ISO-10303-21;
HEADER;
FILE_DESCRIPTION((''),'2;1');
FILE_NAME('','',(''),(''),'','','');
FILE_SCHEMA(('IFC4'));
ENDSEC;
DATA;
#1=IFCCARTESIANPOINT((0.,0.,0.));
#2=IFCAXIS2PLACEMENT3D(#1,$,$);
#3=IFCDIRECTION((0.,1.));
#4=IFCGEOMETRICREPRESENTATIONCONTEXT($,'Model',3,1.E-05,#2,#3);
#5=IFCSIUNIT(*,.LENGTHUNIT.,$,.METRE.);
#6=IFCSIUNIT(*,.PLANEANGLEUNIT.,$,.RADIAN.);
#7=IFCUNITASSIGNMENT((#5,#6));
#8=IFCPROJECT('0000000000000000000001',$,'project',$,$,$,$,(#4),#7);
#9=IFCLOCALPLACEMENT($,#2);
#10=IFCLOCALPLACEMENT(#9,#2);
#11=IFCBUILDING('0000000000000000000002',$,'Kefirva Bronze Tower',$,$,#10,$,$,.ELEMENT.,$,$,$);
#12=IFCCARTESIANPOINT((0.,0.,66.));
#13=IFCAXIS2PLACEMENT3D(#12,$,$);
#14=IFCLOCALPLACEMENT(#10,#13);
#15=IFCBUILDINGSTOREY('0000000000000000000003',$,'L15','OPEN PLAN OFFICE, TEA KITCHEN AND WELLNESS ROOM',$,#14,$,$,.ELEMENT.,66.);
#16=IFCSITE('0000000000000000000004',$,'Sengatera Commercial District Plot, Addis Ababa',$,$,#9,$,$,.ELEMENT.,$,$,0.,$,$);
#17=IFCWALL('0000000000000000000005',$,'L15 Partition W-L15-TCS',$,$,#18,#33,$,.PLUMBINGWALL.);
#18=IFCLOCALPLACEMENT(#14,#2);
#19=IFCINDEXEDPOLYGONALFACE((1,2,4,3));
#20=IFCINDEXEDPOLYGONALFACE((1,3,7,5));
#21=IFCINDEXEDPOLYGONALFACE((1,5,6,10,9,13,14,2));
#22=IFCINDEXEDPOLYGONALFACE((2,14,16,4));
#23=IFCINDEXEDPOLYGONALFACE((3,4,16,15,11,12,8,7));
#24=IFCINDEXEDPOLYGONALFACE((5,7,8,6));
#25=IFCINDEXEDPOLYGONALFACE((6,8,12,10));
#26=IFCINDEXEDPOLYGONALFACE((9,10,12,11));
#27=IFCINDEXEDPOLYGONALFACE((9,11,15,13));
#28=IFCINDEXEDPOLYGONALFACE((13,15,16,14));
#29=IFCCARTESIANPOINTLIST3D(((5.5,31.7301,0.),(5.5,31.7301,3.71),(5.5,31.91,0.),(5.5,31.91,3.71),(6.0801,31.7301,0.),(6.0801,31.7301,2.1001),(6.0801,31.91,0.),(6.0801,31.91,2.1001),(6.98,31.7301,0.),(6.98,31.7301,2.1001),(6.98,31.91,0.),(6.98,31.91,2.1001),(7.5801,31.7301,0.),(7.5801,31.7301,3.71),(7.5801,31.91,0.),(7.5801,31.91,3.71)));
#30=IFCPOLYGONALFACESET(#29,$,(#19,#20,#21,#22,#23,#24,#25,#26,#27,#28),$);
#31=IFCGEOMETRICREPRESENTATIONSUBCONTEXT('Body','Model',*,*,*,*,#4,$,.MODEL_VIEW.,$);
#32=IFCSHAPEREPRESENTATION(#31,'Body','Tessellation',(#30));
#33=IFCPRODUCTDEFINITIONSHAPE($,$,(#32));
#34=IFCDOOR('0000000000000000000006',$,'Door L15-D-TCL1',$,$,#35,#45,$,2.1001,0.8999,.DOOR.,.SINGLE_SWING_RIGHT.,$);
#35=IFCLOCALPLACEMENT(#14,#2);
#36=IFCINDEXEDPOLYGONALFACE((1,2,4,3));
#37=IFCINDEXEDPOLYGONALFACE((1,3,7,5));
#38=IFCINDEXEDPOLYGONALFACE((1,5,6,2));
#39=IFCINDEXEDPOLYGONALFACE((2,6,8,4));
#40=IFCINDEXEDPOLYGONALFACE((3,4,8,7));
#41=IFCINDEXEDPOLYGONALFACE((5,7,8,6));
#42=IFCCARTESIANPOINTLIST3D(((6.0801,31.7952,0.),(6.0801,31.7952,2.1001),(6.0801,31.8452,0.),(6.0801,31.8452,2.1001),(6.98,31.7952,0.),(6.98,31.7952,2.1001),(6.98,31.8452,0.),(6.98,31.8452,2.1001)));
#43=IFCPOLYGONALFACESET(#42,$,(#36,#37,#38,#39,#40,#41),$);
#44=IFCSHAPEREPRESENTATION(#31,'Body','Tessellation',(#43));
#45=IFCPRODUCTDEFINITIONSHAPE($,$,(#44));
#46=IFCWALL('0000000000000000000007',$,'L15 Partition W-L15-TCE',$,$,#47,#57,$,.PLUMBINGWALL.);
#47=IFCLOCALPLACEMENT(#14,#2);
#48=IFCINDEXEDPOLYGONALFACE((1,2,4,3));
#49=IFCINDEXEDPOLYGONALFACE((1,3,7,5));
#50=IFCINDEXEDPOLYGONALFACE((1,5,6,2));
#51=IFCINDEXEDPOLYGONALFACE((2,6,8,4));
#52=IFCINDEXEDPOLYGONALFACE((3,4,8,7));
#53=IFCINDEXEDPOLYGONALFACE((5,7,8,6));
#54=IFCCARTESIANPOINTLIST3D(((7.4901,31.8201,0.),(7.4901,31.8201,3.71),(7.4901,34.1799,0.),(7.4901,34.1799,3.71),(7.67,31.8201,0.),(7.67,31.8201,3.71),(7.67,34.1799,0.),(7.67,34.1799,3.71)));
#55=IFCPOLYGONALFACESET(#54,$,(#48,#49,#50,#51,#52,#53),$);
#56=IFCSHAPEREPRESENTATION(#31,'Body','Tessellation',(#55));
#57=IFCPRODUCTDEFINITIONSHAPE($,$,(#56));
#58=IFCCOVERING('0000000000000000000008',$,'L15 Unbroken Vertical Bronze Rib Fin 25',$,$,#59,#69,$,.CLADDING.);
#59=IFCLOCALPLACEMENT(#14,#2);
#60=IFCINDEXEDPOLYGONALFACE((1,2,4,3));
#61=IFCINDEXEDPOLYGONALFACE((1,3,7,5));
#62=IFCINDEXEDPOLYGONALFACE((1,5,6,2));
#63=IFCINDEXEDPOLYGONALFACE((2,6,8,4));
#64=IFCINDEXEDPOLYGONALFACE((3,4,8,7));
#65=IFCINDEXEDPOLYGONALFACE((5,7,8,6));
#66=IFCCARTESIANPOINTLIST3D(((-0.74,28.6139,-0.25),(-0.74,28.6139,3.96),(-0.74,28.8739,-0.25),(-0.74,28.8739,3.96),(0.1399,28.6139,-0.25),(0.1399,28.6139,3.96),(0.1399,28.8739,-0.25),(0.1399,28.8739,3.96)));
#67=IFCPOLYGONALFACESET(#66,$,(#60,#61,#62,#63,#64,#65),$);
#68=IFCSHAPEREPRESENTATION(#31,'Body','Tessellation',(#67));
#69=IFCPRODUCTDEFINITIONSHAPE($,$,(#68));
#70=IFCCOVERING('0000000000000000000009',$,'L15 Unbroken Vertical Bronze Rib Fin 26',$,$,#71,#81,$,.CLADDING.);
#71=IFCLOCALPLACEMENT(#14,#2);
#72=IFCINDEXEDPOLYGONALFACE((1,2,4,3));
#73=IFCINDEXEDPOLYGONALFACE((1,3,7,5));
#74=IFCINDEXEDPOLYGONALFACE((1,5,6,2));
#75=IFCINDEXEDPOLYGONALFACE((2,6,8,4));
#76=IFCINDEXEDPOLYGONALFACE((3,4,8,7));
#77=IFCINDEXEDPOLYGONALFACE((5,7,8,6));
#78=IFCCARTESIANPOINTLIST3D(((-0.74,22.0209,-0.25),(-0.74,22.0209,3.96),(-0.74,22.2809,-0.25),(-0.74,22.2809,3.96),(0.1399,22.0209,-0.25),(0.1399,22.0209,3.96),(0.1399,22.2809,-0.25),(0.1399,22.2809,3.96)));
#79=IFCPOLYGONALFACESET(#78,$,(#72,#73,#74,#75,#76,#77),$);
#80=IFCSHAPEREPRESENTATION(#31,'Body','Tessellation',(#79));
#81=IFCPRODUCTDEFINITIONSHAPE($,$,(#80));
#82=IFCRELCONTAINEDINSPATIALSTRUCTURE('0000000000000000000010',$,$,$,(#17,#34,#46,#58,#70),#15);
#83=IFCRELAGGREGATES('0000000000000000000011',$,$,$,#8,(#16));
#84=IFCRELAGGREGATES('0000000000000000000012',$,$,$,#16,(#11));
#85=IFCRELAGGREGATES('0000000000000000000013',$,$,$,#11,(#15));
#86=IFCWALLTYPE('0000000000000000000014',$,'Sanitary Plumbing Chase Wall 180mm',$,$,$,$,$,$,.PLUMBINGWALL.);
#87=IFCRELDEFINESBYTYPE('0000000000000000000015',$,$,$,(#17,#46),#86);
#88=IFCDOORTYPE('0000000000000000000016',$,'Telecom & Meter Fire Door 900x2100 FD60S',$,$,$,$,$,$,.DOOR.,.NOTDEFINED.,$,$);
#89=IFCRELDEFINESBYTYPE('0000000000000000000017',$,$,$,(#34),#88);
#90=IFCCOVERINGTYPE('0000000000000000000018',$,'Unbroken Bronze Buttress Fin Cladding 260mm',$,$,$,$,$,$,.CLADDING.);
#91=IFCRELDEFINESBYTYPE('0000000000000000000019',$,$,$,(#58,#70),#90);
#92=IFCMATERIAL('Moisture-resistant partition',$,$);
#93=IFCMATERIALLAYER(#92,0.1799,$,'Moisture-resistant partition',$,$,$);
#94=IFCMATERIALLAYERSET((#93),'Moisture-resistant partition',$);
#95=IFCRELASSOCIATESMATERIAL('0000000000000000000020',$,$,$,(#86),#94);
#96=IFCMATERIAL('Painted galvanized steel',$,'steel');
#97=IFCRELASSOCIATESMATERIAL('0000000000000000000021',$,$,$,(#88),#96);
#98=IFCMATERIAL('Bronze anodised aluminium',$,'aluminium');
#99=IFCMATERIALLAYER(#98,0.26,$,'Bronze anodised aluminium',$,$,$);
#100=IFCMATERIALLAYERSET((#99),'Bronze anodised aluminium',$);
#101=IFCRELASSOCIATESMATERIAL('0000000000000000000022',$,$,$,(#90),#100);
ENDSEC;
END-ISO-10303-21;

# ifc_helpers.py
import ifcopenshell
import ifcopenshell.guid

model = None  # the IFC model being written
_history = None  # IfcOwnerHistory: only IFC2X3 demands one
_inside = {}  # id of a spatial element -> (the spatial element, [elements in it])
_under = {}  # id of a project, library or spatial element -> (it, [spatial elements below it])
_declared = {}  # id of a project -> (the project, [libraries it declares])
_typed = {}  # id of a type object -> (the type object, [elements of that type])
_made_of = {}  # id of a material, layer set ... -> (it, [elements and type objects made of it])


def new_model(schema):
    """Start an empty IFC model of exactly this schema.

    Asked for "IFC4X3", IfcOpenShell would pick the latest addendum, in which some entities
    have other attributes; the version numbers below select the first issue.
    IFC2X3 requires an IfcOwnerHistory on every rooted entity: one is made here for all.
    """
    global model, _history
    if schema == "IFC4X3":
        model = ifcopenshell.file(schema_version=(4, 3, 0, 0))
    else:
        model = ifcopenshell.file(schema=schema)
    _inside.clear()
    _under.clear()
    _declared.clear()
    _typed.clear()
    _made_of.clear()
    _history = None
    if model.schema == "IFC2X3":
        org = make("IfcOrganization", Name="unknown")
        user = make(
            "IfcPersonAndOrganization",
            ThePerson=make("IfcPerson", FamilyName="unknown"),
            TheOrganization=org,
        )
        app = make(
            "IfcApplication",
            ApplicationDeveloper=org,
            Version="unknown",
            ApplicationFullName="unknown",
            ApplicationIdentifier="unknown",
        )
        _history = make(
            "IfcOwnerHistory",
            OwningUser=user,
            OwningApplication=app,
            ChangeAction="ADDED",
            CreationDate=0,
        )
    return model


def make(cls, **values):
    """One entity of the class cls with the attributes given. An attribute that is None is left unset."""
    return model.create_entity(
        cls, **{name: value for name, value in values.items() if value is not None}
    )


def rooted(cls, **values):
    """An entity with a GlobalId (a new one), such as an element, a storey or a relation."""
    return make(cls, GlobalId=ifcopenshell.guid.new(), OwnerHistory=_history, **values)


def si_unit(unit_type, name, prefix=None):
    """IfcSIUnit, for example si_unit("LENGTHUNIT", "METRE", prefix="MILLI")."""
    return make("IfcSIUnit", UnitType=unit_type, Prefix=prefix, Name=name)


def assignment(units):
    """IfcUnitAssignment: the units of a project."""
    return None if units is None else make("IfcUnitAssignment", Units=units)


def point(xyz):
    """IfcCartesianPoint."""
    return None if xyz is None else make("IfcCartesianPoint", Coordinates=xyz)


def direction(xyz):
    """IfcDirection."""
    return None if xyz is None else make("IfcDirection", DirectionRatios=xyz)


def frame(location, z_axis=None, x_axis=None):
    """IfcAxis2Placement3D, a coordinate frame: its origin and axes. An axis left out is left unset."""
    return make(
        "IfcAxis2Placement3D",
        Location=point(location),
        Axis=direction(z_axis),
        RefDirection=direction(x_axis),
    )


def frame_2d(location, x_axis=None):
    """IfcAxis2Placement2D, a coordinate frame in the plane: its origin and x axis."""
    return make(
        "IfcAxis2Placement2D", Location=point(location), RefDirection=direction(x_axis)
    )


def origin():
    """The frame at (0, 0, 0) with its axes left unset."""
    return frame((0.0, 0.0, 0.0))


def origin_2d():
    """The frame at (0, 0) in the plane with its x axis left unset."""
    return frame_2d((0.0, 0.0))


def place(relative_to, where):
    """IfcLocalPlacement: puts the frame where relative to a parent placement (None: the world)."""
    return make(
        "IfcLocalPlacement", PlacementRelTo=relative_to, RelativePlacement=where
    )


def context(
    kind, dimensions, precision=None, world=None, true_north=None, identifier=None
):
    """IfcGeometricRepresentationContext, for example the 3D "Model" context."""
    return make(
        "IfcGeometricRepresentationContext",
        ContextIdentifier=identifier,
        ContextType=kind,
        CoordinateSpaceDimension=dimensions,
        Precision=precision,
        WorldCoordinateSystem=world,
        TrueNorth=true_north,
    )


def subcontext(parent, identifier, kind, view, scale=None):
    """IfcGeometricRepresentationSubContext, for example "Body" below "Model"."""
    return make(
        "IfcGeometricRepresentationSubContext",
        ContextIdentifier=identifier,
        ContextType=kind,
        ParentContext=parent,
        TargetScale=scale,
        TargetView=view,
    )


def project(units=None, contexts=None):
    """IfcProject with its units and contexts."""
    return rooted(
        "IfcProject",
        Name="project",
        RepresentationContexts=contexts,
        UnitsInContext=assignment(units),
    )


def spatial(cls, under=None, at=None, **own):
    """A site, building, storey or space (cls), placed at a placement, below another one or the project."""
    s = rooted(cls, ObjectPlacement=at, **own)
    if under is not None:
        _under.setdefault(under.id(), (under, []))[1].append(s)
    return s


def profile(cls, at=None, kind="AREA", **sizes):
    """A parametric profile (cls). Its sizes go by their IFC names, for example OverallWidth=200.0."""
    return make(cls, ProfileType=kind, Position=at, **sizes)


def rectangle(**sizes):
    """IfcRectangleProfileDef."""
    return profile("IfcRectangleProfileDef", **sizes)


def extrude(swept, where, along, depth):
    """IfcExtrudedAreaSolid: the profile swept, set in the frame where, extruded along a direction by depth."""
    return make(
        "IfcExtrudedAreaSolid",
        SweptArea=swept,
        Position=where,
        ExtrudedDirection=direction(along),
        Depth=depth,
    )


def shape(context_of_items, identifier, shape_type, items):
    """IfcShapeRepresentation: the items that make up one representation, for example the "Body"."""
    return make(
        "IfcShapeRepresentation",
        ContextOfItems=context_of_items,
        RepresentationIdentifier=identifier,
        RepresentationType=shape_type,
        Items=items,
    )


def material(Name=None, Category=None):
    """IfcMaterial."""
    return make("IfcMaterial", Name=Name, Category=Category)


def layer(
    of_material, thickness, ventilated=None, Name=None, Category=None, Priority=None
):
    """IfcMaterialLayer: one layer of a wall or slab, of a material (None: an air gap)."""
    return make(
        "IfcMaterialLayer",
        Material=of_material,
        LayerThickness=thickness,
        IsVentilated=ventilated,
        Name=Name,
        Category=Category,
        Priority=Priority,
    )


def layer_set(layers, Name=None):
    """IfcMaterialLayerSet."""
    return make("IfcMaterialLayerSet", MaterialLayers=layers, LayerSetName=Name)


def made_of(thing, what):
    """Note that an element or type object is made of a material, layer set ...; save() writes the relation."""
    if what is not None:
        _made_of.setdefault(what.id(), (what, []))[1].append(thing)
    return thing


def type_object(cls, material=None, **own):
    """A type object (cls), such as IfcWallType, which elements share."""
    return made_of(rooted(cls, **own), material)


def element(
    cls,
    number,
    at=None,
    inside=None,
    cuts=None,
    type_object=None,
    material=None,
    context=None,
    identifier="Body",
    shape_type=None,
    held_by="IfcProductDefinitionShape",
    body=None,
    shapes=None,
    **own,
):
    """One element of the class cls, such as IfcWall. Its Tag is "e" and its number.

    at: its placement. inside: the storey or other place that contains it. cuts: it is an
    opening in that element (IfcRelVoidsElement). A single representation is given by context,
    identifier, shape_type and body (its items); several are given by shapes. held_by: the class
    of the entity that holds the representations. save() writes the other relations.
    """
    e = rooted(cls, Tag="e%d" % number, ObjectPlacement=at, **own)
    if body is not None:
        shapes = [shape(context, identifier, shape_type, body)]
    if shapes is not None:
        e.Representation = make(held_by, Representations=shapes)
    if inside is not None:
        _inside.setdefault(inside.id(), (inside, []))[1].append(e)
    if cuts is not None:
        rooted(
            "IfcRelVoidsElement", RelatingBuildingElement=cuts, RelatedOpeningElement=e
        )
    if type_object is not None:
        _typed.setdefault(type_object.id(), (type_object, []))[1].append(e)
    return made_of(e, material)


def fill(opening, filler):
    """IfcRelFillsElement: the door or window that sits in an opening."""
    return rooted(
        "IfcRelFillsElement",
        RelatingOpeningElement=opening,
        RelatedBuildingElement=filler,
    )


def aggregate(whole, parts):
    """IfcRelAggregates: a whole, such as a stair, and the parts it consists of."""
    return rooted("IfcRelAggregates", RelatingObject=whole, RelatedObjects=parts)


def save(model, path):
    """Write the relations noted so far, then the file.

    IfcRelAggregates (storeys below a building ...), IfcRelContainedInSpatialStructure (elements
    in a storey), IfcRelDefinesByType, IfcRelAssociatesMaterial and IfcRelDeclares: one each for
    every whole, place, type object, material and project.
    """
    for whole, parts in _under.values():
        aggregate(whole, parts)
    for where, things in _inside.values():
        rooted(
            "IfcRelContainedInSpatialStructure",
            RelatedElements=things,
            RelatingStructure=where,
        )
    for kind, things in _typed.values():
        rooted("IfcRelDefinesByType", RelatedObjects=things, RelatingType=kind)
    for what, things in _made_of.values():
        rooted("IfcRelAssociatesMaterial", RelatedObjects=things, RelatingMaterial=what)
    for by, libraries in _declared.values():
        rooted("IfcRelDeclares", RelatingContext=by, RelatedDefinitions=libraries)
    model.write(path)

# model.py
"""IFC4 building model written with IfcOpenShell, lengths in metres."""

from ifc_helpers import new_model, si_unit, direction, frame, frame_2d, origin, origin_2d, place, context, subcontext, project, spatial, rectangle, extrude, material, layer, layer_set, type_object, element, fill, save


model = new_model("IFC4")

# Units and contexts
model_context = context("Model", 3, precision=1e-05, world=origin(), true_north=direction((0.0, 1.0)))
body_context = subcontext(model_context, "Body", "Model", "MODEL_VIEW")
ifc_project = project(units=[si_unit("LENGTHUNIT", "METRE"), si_unit("PLANEANGLEUNIT", "RADIAN")], contexts=[model_context])

# Site, building, storey
site_placement = place(None, origin())
site = spatial("IfcSite", under=ifc_project, at=site_placement, Name="Sengatera Commercial District Plot, Addis Ababa", CompositionType="ELEMENT", RefElevation=0.0)
building_placement = place(site_placement, origin())
building = spatial("IfcBuilding", under=site, at=building_placement, Name="Kefirva Bronze Tower", CompositionType="ELEMENT")
storey_placement = place(building_placement, frame((0.0, 0.0, 66.0)))
storey = spatial("IfcBuildingStorey", under=building, at=storey_placement, Name="L15", Description="OPEN PLAN OFFICE, TEA KITCHEN AND WELLNESS ROOM", CompositionType="ELEMENT", Elevation=66.0)

# Shared definitions
ifc_material_1 = material(Name="Bronze anodised aluminium", Category="aluminium")

# Wall, opening, door
ifc_material_2 = material(Name="Moisture-resistant partition")
ifc_layer_1 = layer(ifc_material_2, 0.1799, Name="Moisture-resistant partition")
ifc_layer_set_1 = layer_set([ifc_layer_1], Name="Moisture-resistant partition")
wall_type_1 = type_object("IfcWallType", Name="Sanitary Plumbing Chase Wall 180mm", PredefinedType="PLUMBINGWALL", material=ifc_layer_set_1)
wall_1_placement = place(storey_placement, frame((5.5, 31.8201, 0.0), z_axis=(0.0, 0.0, 1.0), x_axis=(1.0, 0.0, 0.0)))
wall_1 = element("IfcWall", 1, at=wall_1_placement, inside=storey, type_object=wall_type_1, Name="L15 Partition W-L15-TCS", PredefinedType="PLUMBINGWALL", context=body_context, shape_type="SweptSolid", body=[
    extrude(rectangle(XDim=2.0801, YDim=0.1799, at=frame_2d((1.04, 0.0))), origin(), (0.0, 0.0, 1.0), 3.71),
])
opening_placement = place(wall_1_placement, frame((1.48, 0.0, 0.0), z_axis=(0.0, 0.0, 1.0), x_axis=(-1.0, 0.0, 0.0)))
opening = element("IfcOpeningElement", 2, at=opening_placement, cuts=wall_1, PredefinedType="OPENING", context=body_context, shape_type="SweptSolid", body=[
    extrude(rectangle(XDim=0.8999, YDim=2.1001, at=frame_2d((0.45, 1.05))), frame((0.0, 0.1001, 0.0), z_axis=(0.0, -1.0, 0.0), x_axis=(1.0, 0.0, 0.0)), (0.0, 0.0, 1.0), 0.2),
])
ifc_material_3 = material(Name="Painted galvanized steel", Category="steel")
door_type = type_object("IfcDoorType", Name="Telecom & Meter Fire Door 900x2100 FD60S", OperationType="NOTDEFINED", PredefinedType="DOOR", material=ifc_material_3)
door_placement = place(opening_placement, origin())
door = element("IfcDoor", 3, at=door_placement, inside=storey, type_object=door_type, Name="Door L15-D-TCL1", OperationType="SINGLE_SWING_RIGHT", OverallHeight=2.1001, OverallWidth=0.8999, PredefinedType="DOOR", context=body_context, shape_type="SweptSolid", body=[
    extrude(rectangle(XDim=0.8999, YDim=2.1001, at=frame_2d((0.45, 1.05))), frame((0.0, 0.0249, 0.0), z_axis=(0.0, -1.0, 0.0), x_axis=(1.0, 0.0, 0.0)), (0.0, 0.0, 1.0), 0.05),
])
fill(opening, door)

# Wall
wall_2_placement = place(storey_placement, frame((7.5801, 31.8201, 0.0), z_axis=(0.0, 0.0, 1.0), x_axis=(0.0, 1.0, 0.0)))
element("IfcWall", 4, at=wall_2_placement, inside=storey, type_object=wall_type_1, Name="L15 Partition W-L15-TCE", PredefinedType="PLUMBINGWALL", context=body_context, shape_type="SweptSolid", body=[
    extrude(rectangle(XDim=2.3599, YDim=0.1799, at=frame_2d((1.1799, 0.0))), origin(), (0.0, 0.0, 1.0), 3.71),
])

# Coverings
ifc_layer_2 = layer(ifc_material_1, 0.26, Name="Bronze anodised aluminium")
ifc_layer_set_2 = layer_set([ifc_layer_2], Name="Bronze anodised aluminium")
covering_type = type_object("IfcCoveringType", Name="Unbroken Bronze Buttress Fin Cladding 260mm", PredefinedType="CLADDING", material=ifc_layer_set_2)
for number, where, z_axis, x_axis, name in (
    (5, (-0.3, 28.7439, -0.25), (0.0, 0.0, 1.0), (0.0, -1.0, 0.0), "L15 Unbroken Vertical Bronze Rib Fin 25"),
    (6, (-0.3, 22.1509, -0.25), (0.0, 0.0, 1.0), (0.0, -1.0, 0.0), "L15 Unbroken Vertical Bronze Rib Fin 26"),
):
    element("IfcCovering", number, at=place(storey_placement, frame(where, z_axis=z_axis, x_axis=x_axis)), inside=storey, type_object=covering_type, Name=name, PredefinedType="CLADDING", context=body_context, shape_type="SweptSolid", body=[
        extrude(rectangle(XDim=0.26, YDim=0.8799, at=origin_2d()), origin(), (0.0, 0.0, 1.0), 4.21),
    ])

save(model, "model.ifc")
